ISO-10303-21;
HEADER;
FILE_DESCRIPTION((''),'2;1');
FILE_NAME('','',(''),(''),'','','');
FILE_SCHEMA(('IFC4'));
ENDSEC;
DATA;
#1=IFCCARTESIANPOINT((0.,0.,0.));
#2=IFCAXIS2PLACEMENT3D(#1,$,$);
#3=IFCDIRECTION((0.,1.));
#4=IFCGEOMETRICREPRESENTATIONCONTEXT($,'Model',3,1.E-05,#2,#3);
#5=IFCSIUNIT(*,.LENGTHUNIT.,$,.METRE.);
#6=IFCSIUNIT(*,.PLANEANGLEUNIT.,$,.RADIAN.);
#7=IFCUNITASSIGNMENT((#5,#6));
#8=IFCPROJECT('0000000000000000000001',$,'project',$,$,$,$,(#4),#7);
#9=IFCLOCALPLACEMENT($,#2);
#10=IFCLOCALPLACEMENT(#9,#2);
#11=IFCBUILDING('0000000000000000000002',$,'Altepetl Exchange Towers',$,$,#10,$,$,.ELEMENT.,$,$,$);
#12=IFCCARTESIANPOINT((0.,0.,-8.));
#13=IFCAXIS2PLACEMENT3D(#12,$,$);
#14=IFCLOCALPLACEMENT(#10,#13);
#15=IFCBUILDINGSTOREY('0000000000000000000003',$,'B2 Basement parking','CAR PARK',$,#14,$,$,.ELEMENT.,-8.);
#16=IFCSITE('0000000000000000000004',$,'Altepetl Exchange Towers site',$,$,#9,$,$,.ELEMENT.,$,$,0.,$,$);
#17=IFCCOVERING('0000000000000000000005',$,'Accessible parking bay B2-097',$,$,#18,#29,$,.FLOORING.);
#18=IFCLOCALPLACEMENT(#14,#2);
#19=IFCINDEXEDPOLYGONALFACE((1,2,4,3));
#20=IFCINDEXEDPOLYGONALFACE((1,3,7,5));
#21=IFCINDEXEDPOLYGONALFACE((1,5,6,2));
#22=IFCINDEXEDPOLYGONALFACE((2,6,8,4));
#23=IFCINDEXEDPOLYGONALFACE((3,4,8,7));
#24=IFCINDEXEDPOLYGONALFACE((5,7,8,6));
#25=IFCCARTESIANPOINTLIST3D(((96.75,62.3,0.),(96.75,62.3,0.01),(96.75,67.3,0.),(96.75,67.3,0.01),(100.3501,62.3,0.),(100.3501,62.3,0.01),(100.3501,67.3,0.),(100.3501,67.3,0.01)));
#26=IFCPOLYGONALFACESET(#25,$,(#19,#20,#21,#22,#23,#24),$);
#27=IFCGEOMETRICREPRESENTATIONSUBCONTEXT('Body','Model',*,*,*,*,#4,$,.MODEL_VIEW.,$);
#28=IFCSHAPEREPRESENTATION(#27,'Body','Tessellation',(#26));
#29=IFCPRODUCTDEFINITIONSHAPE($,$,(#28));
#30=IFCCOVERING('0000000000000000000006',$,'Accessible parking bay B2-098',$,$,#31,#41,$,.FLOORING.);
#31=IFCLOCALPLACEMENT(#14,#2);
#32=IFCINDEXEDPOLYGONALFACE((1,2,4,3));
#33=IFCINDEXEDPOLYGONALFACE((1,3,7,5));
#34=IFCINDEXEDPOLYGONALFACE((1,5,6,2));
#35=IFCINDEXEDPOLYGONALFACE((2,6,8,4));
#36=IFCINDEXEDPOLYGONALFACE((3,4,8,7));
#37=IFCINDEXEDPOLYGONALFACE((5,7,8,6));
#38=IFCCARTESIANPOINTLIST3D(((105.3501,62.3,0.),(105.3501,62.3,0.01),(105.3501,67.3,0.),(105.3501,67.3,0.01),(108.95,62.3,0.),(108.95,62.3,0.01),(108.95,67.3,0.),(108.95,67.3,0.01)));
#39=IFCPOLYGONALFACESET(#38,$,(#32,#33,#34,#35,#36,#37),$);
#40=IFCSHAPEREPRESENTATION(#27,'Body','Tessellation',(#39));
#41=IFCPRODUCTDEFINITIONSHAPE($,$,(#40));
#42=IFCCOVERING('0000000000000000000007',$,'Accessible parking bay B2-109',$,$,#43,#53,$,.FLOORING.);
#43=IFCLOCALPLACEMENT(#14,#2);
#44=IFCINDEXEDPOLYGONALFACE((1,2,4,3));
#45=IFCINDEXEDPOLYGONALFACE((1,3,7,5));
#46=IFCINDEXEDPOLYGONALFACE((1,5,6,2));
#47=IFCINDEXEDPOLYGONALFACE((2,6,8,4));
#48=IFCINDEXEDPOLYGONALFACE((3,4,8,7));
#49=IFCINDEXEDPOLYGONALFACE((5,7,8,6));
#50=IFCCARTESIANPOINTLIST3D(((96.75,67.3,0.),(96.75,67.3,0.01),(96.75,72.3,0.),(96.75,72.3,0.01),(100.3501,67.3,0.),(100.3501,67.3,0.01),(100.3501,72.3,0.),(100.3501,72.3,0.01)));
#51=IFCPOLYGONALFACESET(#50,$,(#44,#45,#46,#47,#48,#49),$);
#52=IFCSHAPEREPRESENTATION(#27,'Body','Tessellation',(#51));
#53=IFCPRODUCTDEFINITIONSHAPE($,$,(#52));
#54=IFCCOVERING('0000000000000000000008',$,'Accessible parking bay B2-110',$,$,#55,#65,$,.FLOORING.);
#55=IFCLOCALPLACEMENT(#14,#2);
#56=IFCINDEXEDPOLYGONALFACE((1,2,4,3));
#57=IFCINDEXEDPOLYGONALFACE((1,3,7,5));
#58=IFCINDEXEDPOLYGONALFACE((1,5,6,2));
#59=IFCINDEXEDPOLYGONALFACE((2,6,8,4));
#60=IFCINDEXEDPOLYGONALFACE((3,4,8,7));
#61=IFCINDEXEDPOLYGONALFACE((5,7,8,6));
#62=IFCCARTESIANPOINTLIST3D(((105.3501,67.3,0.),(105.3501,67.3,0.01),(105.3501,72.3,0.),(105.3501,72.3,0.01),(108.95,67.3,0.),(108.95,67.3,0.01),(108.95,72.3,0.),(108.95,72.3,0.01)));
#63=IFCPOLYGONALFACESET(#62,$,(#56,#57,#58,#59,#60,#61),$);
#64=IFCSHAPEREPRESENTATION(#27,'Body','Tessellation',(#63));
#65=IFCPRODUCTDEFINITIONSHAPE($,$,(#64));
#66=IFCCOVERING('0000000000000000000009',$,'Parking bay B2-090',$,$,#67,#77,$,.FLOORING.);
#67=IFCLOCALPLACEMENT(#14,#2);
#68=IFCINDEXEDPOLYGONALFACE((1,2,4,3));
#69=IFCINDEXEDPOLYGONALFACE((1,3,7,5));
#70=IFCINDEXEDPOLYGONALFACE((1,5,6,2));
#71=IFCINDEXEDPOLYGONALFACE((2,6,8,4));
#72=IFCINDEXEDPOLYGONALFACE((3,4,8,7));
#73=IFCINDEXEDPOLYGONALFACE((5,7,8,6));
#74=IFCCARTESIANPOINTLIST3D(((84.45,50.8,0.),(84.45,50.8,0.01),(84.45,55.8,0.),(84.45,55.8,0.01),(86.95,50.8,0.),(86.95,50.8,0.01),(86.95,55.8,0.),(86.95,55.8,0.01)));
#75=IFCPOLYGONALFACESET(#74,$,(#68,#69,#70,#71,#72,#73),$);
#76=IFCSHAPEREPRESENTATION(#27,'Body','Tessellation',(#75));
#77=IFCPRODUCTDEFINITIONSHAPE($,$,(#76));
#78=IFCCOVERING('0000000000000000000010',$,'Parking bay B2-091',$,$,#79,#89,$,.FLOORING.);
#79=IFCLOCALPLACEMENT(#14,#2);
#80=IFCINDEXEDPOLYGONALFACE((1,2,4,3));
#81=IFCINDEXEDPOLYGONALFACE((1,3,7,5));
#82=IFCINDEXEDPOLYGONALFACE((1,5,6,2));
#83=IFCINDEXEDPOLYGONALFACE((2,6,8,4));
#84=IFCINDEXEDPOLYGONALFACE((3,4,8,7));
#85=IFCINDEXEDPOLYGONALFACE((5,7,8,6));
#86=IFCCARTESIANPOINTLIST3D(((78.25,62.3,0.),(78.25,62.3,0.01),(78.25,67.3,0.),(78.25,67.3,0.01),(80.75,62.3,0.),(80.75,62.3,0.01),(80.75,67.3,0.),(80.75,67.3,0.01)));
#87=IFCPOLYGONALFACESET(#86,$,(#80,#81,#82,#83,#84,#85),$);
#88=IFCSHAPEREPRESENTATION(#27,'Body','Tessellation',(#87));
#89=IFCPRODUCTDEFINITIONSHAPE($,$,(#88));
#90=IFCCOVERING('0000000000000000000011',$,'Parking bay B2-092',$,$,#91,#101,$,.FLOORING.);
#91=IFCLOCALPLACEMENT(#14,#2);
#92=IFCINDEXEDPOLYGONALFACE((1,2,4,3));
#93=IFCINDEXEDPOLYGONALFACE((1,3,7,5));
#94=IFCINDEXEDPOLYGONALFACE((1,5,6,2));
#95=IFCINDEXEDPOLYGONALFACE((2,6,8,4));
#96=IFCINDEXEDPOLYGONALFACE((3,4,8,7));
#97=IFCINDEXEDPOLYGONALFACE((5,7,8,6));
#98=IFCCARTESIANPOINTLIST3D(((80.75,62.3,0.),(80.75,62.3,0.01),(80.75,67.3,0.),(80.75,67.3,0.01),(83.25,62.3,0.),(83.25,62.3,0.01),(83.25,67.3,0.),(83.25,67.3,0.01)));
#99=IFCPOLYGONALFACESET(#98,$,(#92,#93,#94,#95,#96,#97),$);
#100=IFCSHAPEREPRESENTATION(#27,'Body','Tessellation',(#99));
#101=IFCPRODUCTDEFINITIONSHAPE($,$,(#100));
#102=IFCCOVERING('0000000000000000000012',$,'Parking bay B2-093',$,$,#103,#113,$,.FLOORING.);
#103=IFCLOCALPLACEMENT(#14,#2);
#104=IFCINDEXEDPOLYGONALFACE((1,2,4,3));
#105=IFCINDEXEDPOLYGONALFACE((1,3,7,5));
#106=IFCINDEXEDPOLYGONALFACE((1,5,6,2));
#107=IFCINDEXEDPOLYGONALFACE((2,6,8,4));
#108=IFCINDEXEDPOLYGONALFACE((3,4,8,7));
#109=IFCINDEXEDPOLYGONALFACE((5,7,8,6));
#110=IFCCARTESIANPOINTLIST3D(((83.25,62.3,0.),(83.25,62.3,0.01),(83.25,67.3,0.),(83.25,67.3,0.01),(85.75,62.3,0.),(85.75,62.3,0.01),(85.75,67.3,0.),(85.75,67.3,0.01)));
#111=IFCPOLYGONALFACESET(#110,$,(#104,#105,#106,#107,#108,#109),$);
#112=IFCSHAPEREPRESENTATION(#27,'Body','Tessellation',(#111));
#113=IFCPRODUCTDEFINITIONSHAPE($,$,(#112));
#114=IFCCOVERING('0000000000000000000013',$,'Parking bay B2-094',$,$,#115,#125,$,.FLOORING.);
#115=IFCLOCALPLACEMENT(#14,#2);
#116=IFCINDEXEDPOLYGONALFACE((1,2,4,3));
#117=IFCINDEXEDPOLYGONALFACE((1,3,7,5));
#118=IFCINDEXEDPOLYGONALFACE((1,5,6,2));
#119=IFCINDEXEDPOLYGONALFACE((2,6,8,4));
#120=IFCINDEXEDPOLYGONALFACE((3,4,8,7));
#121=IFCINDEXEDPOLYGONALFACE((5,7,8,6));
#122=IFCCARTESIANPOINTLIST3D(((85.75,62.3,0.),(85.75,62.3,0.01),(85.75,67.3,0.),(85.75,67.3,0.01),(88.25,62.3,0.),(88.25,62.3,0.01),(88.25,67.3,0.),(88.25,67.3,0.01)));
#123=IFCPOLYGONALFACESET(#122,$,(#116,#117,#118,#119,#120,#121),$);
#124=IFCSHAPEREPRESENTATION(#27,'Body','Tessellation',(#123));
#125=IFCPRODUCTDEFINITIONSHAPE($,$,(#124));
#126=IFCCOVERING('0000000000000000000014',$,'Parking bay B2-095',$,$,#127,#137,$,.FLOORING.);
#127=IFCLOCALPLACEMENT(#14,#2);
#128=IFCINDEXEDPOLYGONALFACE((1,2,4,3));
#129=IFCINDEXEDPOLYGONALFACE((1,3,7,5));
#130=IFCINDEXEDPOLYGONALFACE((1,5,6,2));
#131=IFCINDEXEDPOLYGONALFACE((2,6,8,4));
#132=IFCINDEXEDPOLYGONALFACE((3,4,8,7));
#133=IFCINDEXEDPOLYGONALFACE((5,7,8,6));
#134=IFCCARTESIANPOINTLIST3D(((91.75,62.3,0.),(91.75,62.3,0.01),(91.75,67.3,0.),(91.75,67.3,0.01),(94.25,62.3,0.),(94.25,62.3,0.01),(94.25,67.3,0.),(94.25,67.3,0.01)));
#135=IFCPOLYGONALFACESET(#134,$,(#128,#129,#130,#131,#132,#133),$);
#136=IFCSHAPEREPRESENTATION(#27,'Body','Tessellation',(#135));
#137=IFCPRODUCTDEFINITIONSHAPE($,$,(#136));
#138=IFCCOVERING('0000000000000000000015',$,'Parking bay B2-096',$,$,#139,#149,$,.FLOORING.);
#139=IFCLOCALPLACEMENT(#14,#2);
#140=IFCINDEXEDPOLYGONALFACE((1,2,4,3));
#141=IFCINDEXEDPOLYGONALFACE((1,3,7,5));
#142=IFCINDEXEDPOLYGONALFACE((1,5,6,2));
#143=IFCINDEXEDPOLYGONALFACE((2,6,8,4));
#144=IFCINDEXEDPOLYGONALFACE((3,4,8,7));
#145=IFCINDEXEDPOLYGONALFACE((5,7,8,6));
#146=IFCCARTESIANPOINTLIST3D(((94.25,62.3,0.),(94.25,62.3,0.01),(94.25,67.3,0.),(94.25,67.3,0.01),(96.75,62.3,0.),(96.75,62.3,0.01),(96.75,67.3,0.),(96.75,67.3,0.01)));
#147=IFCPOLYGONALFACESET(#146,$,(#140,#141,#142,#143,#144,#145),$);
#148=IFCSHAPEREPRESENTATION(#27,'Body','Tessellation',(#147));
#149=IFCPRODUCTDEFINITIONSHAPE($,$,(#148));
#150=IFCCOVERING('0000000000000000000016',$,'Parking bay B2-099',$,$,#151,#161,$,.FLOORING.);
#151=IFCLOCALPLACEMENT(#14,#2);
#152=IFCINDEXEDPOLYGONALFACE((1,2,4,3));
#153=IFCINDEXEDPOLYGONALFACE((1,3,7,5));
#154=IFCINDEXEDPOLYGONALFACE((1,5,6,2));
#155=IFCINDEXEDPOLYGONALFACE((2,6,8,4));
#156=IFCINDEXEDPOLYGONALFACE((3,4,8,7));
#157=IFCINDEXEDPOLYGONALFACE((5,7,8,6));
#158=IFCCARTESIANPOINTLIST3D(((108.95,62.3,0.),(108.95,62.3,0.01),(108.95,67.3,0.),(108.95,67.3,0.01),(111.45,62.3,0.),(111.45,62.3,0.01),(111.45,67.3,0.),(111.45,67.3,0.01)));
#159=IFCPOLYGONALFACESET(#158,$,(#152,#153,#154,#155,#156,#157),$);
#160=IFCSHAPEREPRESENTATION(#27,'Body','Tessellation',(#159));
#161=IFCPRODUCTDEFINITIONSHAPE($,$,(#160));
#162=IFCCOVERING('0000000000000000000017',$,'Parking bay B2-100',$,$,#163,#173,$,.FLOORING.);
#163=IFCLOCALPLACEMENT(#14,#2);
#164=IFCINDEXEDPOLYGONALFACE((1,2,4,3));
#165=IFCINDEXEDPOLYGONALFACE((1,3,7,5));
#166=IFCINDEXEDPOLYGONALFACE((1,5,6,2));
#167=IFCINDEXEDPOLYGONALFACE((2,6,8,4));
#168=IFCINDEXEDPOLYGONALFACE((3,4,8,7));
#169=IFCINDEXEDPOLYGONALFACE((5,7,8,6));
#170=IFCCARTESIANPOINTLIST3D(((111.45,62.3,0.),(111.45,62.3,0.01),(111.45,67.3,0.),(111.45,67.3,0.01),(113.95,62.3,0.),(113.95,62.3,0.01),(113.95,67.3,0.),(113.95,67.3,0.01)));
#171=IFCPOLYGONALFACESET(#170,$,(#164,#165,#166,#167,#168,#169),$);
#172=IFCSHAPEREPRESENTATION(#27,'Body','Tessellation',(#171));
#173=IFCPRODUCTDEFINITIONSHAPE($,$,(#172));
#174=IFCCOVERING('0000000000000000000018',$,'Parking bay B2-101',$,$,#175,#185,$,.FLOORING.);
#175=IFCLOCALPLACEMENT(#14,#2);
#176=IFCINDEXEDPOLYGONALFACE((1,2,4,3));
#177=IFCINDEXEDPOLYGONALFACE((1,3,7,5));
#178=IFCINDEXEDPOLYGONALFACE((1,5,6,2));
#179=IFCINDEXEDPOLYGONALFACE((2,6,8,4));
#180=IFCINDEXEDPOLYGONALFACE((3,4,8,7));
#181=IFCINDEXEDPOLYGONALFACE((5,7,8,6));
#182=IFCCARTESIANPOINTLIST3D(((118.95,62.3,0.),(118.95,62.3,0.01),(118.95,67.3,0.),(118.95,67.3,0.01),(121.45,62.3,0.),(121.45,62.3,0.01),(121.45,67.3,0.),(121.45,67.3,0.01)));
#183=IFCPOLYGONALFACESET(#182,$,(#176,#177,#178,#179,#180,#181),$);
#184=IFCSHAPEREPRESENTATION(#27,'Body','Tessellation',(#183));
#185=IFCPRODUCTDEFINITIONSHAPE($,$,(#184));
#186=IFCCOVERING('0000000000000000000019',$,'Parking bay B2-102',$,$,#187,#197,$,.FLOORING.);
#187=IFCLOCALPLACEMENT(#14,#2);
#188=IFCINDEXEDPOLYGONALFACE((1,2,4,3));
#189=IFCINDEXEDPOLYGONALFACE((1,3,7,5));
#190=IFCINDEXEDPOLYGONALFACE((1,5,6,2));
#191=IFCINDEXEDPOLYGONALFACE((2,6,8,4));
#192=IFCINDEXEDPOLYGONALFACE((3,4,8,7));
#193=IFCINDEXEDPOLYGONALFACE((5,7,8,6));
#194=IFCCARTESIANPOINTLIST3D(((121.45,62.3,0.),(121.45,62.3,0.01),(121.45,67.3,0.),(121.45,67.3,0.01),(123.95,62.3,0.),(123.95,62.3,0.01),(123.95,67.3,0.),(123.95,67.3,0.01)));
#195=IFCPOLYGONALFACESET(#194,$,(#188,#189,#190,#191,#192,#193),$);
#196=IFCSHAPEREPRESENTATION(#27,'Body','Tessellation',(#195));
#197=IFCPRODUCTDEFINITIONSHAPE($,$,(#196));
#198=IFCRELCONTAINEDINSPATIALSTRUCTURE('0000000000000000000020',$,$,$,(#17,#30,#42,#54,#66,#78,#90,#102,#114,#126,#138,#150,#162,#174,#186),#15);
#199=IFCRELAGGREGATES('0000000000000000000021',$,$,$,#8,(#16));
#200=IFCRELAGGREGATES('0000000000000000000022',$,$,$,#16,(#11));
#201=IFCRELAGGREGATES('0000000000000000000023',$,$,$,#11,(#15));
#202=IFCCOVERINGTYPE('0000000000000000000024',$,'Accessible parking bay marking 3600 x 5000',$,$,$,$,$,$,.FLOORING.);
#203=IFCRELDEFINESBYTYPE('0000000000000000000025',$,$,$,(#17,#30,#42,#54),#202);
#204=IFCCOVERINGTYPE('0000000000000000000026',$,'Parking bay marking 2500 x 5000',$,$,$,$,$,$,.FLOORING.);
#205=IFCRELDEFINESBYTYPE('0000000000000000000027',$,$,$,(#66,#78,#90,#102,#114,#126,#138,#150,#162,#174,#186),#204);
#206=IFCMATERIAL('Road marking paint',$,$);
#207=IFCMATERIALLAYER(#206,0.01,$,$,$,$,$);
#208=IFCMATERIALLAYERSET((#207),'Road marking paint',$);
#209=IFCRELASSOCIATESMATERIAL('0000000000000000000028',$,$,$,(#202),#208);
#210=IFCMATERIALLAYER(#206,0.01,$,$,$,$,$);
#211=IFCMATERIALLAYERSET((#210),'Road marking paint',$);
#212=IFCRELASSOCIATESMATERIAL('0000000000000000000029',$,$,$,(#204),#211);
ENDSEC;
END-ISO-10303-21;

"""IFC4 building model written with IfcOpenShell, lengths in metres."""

from ifc_helpers import new_model, si_unit, direction, frame, origin, place, context, subcontext, project, spatial, polyline, outline, extrude, material, layer, layer_set, type_object, element, save


model = new_model("IFC4")

# Units and contexts
model_context = context("Model", 3, precision=1e-05, world=origin(), true_north=direction((0.0, 1.0)))
body_context = subcontext(model_context, "Body", "Model", "MODEL_VIEW")
ifc_project = project(units=[si_unit("LENGTHUNIT", "METRE"), si_unit("PLANEANGLEUNIT", "RADIAN")], contexts=[model_context])

# Site, building, storey
site_placement = place(None, origin())
site = spatial("IfcSite", under=ifc_project, at=site_placement, Name="Altepetl Exchange Towers site", CompositionType="ELEMENT", RefElevation=0.0)
building_placement = place(site_placement, origin())
building = spatial("IfcBuilding", under=site, at=building_placement, Name="Altepetl Exchange Towers", CompositionType="ELEMENT")
storey_placement = place(building_placement, frame((0.0, 0.0, -8.0)))
storey = spatial("IfcBuildingStorey", under=building, at=storey_placement, Name="B2 Basement parking", Description="CAR PARK", CompositionType="ELEMENT", Elevation=-8.0)

# Coverings
ifc_material = material(Name="Road marking paint")
ifc_layer_1 = layer(ifc_material, 0.01)
ifc_layer_set_1 = layer_set([ifc_layer_1], Name="Road marking paint")
covering_type_1 = type_object("IfcCoveringType", Name="Accessible parking bay marking 3600 x 5000", PredefinedType="FLOORING", material=ifc_layer_set_1)
covering_1_placement = place(storey_placement, origin())
element("IfcCovering", 1, at=covering_1_placement, inside=storey, type_object=covering_type_1, Name="Accessible parking bay B2-097", PredefinedType="FLOORING", context=body_context, shape_type="SweptSolid", body=[
    extrude(outline(polyline([(96.75, 62.3), (100.3501, 62.3), (100.3501, 67.3), (96.75, 67.3), (96.75, 62.3)])), origin(), (0.0, 0.0, 1.0), 0.01),
])
covering_2_placement = place(storey_placement, origin())
element("IfcCovering", 2, at=covering_2_placement, inside=storey, type_object=covering_type_1, Name="Accessible parking bay B2-098", PredefinedType="FLOORING", context=body_context, shape_type="SweptSolid", body=[
    extrude(outline(polyline([(105.3501, 62.3), (108.95, 62.3), (108.95, 67.3), (105.3501, 67.3), (105.3501, 62.3)])), origin(), (0.0, 0.0, 1.0), 0.01),
])
covering_3_placement = place(storey_placement, origin())
element("IfcCovering", 3, at=covering_3_placement, inside=storey, type_object=covering_type_1, Name="Accessible parking bay B2-109", PredefinedType="FLOORING", context=body_context, shape_type="SweptSolid", body=[
    extrude(outline(polyline([(96.75, 67.3), (100.3501, 67.3), (100.3501, 72.3), (96.75, 72.3), (96.75, 67.3)])), origin(), (0.0, 0.0, 1.0), 0.01),
])
covering_4_placement = place(storey_placement, origin())
element("IfcCovering", 4, at=covering_4_placement, inside=storey, type_object=covering_type_1, Name="Accessible parking bay B2-110", PredefinedType="FLOORING", context=body_context, shape_type="SweptSolid", body=[
    extrude(outline(polyline([(105.3501, 67.3), (108.95, 67.3), (108.95, 72.3), (105.3501, 72.3), (105.3501, 67.3)])), origin(), (0.0, 0.0, 1.0), 0.01),
])
ifc_layer_2 = layer(ifc_material, 0.01)
ifc_layer_set_2 = layer_set([ifc_layer_2], Name="Road marking paint")
covering_type_2 = type_object("IfcCoveringType", Name="Parking bay marking 2500 x 5000", PredefinedType="FLOORING", material=ifc_layer_set_2)
covering_5_placement = place(storey_placement, origin())
element("IfcCovering", 5, at=covering_5_placement, inside=storey, type_object=covering_type_2, Name="Parking bay B2-090", PredefinedType="FLOORING", context=body_context, shape_type="SweptSolid", body=[
    extrude(outline(polyline([(84.45, 50.8), (86.95, 50.8), (86.95, 55.8), (84.45, 55.8), (84.45, 50.8)])), origin(), (0.0, 0.0, 1.0), 0.01),
])
covering_6_placement = place(storey_placement, origin())
element("IfcCovering", 6, at=covering_6_placement, inside=storey, type_object=covering_type_2, Name="Parking bay B2-091", PredefinedType="FLOORING", context=body_context, shape_type="SweptSolid", body=[
    extrude(outline(polyline([(78.25, 62.3), (80.75, 62.3), (80.75, 67.3), (78.25, 67.3), (78.25, 62.3)])), origin(), (0.0, 0.0, 1.0), 0.01),
])
covering_7_placement = place(storey_placement, origin())
element("IfcCovering", 7, at=covering_7_placement, inside=storey, type_object=covering_type_2, Name="Parking bay B2-092", PredefinedType="FLOORING", context=body_context, shape_type="SweptSolid", body=[
    extrude(outline(polyline([(80.75, 62.3), (83.25, 62.3), (83.25, 67.3), (80.75, 67.3), (80.75, 62.3)])), origin(), (0.0, 0.0, 1.0), 0.01),
])
covering_8_placement = place(storey_placement, origin())
element("IfcCovering", 8, at=covering_8_placement, inside=storey, type_object=covering_type_2, Name="Parking bay B2-093", PredefinedType="FLOORING", context=body_context, shape_type="SweptSolid", body=[
    extrude(outline(polyline([(83.25, 62.3), (85.75, 62.3), (85.75, 67.3), (83.25, 67.3), (83.25, 62.3)])), origin(), (0.0, 0.0, 1.0), 0.01),
])
covering_9_placement = place(storey_placement, origin())
element("IfcCovering", 9, at=covering_9_placement, inside=storey, type_object=covering_type_2, Name="Parking bay B2-094", PredefinedType="FLOORING", context=body_context, shape_type="SweptSolid", body=[
    extrude(outline(polyline([(85.75, 62.3), (88.25, 62.3), (88.25, 67.3), (85.75, 67.3), (85.75, 62.3)])), origin(), (0.0, 0.0, 1.0), 0.01),
])
covering_10_placement = place(storey_placement, origin())
element("IfcCovering", 10, at=covering_10_placement, inside=storey, type_object=covering_type_2, Name="Parking bay B2-095", PredefinedType="FLOORING", context=body_context, shape_type="SweptSolid", body=[
    extrude(outline(polyline([(91.75, 62.3), (94.25, 62.3), (94.25, 67.3), (91.75, 67.3), (91.75, 62.3)])), origin(), (0.0, 0.0, 1.0), 0.01),
])
covering_11_placement = place(storey_placement, origin())
element("IfcCovering", 11, at=covering_11_placement, inside=storey, type_object=covering_type_2, Name="Parking bay B2-096", PredefinedType="FLOORING", context=body_context, shape_type="SweptSolid", body=[
    extrude(outline(polyline([(94.25, 62.3), (96.75, 62.3), (96.75, 67.3), (94.25, 67.3), (94.25, 62.3)])), origin(), (0.0, 0.0, 1.0), 0.01),
])
covering_12_placement = place(storey_placement, origin())
element("IfcCovering", 12, at=covering_12_placement, inside=storey, type_object=covering_type_2, Name="Parking bay B2-099", PredefinedType="FLOORING", context=body_context, shape_type="SweptSolid", body=[
    extrude(outline(polyline([(108.95, 62.3), (111.45, 62.3), (111.45, 67.3), (108.95, 67.3), (108.95, 62.3)])), origin(), (0.0, 0.0, 1.0), 0.01),
])
covering_13_placement = place(storey_placement, origin())
element("IfcCovering", 13, at=covering_13_placement, inside=storey, type_object=covering_type_2, Name="Parking bay B2-100", PredefinedType="FLOORING", context=body_context, shape_type="SweptSolid", body=[
    extrude(outline(polyline([(111.45, 62.3), (113.95, 62.3), (113.95, 67.3), (111.45, 67.3), (111.45, 62.3)])), origin(), (0.0, 0.0, 1.0), 0.01),
])
covering_14_placement = place(storey_placement, origin())
element("IfcCovering", 14, at=covering_14_placement, inside=storey, type_object=covering_type_2, Name="Parking bay B2-101", PredefinedType="FLOORING", context=body_context, shape_type="SweptSolid", body=[
    extrude(outline(polyline([(118.95, 62.3), (121.45, 62.3), (121.45, 67.3), (118.95, 67.3), (118.95, 62.3)])), origin(), (0.0, 0.0, 1.0), 0.01),
])
covering_15_placement = place(storey_placement, origin())
element("IfcCovering", 15, at=covering_15_placement, inside=storey, type_object=covering_type_2, Name="Parking bay B2-102", PredefinedType="FLOORING", context=body_context, shape_type="SweptSolid", body=[
    extrude(outline(polyline([(121.45, 62.3), (123.95, 62.3), (123.95, 67.3), (121.45, 67.3), (121.45, 62.3)])), origin(), (0.0, 0.0, 1.0), 0.01),
])

save(model, "model.ifc")
